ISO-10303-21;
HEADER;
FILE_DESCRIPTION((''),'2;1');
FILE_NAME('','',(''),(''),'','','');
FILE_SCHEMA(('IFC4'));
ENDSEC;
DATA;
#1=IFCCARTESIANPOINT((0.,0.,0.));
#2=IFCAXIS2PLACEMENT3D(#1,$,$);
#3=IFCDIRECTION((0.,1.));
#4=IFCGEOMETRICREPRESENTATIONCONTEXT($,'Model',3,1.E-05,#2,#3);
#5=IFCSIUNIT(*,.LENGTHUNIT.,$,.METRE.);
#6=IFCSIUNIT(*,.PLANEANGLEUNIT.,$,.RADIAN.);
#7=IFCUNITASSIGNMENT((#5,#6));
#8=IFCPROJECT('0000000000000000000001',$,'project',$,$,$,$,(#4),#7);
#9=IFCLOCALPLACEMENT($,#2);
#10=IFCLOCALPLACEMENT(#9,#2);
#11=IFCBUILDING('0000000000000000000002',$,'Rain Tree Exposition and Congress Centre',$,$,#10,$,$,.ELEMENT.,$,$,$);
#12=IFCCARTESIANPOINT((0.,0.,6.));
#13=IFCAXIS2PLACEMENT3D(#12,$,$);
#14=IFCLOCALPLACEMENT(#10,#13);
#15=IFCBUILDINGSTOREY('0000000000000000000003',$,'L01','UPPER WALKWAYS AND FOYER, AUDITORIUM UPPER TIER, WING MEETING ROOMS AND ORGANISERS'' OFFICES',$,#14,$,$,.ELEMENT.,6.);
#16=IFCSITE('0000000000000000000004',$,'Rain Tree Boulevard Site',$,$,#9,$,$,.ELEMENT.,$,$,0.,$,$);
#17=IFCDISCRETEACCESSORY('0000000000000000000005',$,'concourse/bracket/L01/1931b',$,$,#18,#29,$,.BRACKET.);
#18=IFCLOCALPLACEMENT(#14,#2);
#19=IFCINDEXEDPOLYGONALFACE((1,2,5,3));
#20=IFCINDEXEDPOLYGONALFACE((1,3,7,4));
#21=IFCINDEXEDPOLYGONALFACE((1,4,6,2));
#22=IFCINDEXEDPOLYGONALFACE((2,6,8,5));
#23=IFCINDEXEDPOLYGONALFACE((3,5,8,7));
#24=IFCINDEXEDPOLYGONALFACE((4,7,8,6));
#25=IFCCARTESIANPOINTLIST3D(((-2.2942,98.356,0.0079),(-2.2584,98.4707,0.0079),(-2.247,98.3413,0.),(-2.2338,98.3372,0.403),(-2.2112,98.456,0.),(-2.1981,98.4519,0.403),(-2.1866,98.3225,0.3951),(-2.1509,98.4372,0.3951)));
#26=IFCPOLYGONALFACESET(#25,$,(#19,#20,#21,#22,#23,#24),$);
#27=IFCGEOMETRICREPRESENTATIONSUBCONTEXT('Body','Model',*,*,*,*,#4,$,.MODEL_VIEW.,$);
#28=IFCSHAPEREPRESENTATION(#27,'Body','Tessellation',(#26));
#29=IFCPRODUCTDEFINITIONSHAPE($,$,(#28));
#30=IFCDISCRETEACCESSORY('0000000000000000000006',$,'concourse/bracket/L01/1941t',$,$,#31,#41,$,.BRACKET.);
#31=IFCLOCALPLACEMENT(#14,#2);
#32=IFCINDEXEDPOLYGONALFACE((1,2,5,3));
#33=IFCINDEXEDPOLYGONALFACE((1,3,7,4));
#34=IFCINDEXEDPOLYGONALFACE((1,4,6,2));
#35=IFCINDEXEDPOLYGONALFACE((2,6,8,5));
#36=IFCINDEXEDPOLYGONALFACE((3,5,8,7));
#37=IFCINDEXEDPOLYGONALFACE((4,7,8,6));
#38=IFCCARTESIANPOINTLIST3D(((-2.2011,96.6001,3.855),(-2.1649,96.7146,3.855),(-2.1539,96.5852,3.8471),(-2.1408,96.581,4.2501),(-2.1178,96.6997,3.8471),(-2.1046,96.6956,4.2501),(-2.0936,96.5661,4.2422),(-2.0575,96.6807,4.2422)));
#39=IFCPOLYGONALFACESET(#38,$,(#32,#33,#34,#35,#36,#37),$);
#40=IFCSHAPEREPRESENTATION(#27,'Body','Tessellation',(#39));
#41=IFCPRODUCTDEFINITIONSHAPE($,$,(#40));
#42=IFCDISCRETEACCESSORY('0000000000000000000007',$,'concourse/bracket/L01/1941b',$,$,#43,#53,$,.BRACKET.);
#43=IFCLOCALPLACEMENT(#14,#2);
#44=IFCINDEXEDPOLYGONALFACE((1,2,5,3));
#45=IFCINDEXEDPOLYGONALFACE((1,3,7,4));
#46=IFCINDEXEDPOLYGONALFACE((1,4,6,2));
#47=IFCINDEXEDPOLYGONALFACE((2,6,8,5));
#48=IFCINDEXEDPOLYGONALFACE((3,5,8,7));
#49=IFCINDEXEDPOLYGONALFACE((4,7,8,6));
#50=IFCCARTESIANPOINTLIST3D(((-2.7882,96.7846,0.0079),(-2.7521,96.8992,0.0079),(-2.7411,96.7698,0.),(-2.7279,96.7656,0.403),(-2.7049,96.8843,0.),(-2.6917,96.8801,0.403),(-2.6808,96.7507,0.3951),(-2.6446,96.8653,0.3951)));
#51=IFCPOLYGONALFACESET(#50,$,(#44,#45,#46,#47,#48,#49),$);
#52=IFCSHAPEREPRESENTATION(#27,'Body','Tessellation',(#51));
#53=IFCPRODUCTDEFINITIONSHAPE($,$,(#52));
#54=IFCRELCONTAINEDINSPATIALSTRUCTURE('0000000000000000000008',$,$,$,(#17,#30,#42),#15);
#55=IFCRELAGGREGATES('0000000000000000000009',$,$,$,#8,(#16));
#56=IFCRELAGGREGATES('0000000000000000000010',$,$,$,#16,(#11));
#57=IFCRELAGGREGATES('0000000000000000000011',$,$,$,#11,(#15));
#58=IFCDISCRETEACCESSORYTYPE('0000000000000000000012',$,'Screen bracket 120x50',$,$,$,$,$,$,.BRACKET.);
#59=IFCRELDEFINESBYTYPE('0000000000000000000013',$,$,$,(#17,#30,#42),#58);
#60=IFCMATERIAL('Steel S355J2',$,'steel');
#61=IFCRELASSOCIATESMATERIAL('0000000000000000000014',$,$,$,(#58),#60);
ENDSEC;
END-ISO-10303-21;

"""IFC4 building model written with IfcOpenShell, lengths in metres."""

from ifc_helpers import new_model, si_unit, direction, frame, origin, origin_2d, place, context, subcontext, project, spatial, rectangle, extrude, material, material_profile, profile_set, type_object, element, save


model = new_model("IFC4")

# Units and contexts
model_context = context("Model", 3, precision=1e-05, world=origin(), true_north=direction((0.0, 1.0)))
body_context = subcontext(model_context, "Body", "Model", "MODEL_VIEW")
ifc_project = project(units=[si_unit("LENGTHUNIT", "METRE"), si_unit("PLANEANGLEUNIT", "RADIAN")], contexts=[model_context])

# Site, building, storey
site_placement = place(None, origin())
site = spatial("IfcSite", under=ifc_project, at=site_placement, Name="Rain Tree Boulevard Site", CompositionType="ELEMENT", RefElevation=0.0)
building_placement = place(site_placement, origin())
building = spatial("IfcBuilding", under=site, at=building_placement, Name="Rain Tree Exposition and Congress Centre", CompositionType="ELEMENT")
storey_placement = place(building_placement, frame((0.0, 0.0, 6.0)))
storey = spatial("IfcBuildingStorey", under=building, at=storey_placement, Name="L01", Description="UPPER WALKWAYS AND FOYER, AUDITORIUM UPPER TIER, WING MEETING ROOMS AND ORGANISERS' OFFICES", CompositionType="ELEMENT", Elevation=6.0)

# Discrete accessories
ifc_material_1 = material(Name="Steel S355J2", Category="steel")
ifc_material_profile_1 = material_profile(ifc_material_1, rectangle(XDim=0.1201, YDim=0.05, at=origin_2d()), Name="Flat bar 120x50")
ifc_profile_set_1 = profile_set([ifc_material_profile_1], Name="Steel S355J2")
discrete_accessory_type = type_object("IfcDiscreteAccessoryType", Name="Screen bracket 120x50", PredefinedType="BRACKET", material=ifc_profile_set_1)
for number, where, z_axis, x_axis, name in (
    (1, (-2.2527, 98.406, 0.0039), (0.150743, -0.046993, 0.987456), (0.297615, 0.954686, 0.0), "concourse/bracket/L01/1931b"),
    (2, (-2.1594, 96.6499, 3.8511), (0.150738, -0.047602, 0.987427), (0.301131, 0.953583, 0.0), "concourse/bracket/L01/1941t"),
    (3, (-2.7466, 96.8345, 0.0039), (0.150738, -0.047602, 0.987427), (0.301131, 0.953583, 0.0), "concourse/bracket/L01/1941b"),
):
    element("IfcDiscreteAccessory", number, at=place(storey_placement, frame(where, z_axis=z_axis, x_axis=x_axis)), inside=storey, type_object=discrete_accessory_type, Name=name, PredefinedType="BRACKET", context=body_context, shape_type="SweptSolid", body=[
        extrude(rectangle(XDim=0.1201, YDim=0.05, at=origin_2d()), origin(), (0.0, 0.0, 1.0), 0.4001),
    ])

save(model, "model.ifc")
